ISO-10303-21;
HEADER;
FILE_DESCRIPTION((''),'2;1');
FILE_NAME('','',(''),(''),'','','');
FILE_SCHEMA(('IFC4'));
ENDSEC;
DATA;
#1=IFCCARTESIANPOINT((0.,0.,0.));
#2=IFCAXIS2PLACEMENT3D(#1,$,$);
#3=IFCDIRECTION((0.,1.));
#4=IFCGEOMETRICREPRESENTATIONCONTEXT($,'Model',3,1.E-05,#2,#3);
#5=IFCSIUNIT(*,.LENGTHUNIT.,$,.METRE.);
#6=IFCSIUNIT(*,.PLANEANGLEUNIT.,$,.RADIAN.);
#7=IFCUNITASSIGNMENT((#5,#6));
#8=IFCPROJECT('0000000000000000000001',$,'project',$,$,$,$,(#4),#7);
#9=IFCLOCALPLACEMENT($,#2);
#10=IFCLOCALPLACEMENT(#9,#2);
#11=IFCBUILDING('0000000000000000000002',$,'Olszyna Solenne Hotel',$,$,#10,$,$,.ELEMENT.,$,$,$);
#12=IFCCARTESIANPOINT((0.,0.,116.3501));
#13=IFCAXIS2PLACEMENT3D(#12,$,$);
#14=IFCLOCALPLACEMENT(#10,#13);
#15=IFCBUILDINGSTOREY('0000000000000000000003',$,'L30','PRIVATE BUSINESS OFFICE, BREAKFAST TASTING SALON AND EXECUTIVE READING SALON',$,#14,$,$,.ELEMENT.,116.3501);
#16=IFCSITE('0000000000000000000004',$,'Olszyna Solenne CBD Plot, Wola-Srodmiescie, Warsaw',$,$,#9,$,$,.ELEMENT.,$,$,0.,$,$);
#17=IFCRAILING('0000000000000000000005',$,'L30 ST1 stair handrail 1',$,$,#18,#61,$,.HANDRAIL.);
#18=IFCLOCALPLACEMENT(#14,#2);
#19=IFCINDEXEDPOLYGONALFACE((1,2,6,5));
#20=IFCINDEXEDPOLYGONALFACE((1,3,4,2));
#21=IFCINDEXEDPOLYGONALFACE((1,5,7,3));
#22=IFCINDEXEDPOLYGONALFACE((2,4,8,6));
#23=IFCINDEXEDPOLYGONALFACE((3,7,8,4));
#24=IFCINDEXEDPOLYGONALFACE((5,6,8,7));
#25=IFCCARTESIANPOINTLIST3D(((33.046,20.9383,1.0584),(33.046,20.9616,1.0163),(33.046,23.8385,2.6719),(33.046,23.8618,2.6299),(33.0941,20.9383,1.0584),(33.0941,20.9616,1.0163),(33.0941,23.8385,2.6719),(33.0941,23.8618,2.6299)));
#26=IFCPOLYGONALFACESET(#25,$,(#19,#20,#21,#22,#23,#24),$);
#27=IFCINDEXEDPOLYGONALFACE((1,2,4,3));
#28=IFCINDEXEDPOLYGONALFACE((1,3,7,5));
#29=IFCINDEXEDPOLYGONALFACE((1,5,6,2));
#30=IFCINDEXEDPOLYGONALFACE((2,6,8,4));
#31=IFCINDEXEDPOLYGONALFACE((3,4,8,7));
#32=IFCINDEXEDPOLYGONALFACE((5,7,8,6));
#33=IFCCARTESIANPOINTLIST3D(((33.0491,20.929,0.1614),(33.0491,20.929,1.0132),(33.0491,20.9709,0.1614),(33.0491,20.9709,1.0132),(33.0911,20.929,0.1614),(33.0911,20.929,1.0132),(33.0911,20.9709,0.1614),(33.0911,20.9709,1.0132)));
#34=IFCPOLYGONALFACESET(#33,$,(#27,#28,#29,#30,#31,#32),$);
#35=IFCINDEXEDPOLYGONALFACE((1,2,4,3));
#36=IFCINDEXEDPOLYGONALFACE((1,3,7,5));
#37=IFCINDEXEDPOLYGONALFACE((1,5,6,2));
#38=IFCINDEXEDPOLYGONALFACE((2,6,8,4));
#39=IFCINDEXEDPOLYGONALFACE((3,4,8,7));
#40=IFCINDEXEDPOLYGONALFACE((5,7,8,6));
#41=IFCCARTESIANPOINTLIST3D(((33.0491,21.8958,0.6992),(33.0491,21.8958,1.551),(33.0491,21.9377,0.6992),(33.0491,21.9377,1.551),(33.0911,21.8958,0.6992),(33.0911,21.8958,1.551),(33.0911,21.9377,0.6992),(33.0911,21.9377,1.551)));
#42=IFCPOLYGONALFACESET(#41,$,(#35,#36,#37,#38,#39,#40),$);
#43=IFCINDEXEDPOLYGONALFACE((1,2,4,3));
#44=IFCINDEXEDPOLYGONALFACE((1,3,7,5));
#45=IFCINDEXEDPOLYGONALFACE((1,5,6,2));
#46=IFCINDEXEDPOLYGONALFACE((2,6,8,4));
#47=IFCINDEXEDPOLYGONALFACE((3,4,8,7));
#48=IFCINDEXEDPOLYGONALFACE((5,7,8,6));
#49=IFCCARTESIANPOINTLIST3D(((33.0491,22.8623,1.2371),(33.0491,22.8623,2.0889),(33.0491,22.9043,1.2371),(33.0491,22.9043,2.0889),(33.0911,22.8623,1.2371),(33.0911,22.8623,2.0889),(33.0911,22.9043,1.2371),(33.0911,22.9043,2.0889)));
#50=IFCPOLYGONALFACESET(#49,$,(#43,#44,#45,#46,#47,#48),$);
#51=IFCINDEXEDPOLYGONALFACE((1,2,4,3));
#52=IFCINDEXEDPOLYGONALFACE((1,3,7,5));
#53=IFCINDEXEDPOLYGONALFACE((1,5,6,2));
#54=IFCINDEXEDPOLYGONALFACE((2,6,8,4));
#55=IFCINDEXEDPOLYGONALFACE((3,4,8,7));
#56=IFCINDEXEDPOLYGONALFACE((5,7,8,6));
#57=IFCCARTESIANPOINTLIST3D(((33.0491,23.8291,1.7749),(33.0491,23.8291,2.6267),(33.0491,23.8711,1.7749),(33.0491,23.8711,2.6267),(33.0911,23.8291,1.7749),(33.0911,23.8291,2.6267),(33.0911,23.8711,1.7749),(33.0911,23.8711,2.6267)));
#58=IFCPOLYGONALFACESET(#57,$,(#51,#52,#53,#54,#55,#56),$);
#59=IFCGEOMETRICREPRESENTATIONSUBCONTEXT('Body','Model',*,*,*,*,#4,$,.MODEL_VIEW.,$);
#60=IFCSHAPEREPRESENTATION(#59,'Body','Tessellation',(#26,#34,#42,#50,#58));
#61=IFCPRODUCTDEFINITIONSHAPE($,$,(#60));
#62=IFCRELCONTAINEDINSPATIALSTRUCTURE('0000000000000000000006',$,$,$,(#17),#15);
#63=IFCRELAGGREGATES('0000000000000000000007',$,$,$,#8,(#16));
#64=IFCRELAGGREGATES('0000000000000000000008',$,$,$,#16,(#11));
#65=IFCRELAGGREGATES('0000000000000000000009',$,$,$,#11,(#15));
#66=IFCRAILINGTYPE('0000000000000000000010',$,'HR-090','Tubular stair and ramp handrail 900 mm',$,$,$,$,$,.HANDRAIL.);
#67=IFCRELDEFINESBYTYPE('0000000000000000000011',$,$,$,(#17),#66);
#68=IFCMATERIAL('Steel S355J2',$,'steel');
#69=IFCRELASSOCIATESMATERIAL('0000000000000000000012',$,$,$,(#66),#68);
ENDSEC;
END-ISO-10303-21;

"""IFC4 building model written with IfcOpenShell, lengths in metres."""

from ifc_helpers import new_model, si_unit, direction, frame, origin, origin_2d, place, context, subcontext, project, spatial, rectangle, extrude, material, type_object, element, save


model = new_model("IFC4")

# Units and contexts
model_context = context("Model", 3, precision=1e-05, world=origin(), true_north=direction((0.0, 1.0)))
body_context = subcontext(model_context, "Body", "Model", "MODEL_VIEW")
ifc_project = project(units=[si_unit("LENGTHUNIT", "METRE"), si_unit("PLANEANGLEUNIT", "RADIAN")], contexts=[model_context])

# Site, building, storey
site_placement = place(None, origin())
site = spatial("IfcSite", under=ifc_project, at=site_placement, Name="Olszyna Solenne CBD Plot, Wola-Srodmiescie, Warsaw", CompositionType="ELEMENT", RefElevation=0.0)
building_placement = place(site_placement, origin())
building = spatial("IfcBuilding", under=site, at=building_placement, Name="Olszyna Solenne Hotel", CompositionType="ELEMENT")
storey_placement = place(building_placement, frame((0.0, 0.0, 116.3501)))
storey = spatial("IfcBuildingStorey", under=building, at=storey_placement, Name="L30", Description="PRIVATE BUSINESS OFFICE, BREAKFAST TASTING SALON AND EXECUTIVE READING SALON", CompositionType="ELEMENT", Elevation=116.3501)

# Shared definitions
ifc_material_1 = material(Name="Steel S355J2", Category="steel")

# Railing
railing_type_1 = type_object("IfcRailingType", Name="HR-090", Description="Tubular stair and ramp handrail 900 mm", PredefinedType="HANDRAIL", material=ifc_material_1)
railing_1_placement = place(storey_placement, frame((33.0701, 20.95, 0.1614)))
element("IfcRailing", 1, at=railing_1_placement, inside=storey, type_object=railing_type_1, Name="L30 ST1 stair handrail 1", PredefinedType="HANDRAIL", context=body_context, shape_type="SweptSolid", body=[
    extrude(rectangle(XDim=0.0481, YDim=0.0481, at=origin_2d()), frame((0.0, 0.0, 0.876), z_axis=(0.0, 0.873859, 0.48618), x_axis=(-1.0, 0.0, 0.0)), (0.0, 0.0, 1.0), 3.3188),
    extrude(rectangle(XDim=0.042, YDim=0.042, at=origin_2d()), origin(), (0.0, 0.0, 1.0), 0.8518),
    extrude(rectangle(XDim=0.042, YDim=0.042, at=origin_2d()), frame((0.0, 0.9668, 0.5378)), (0.0, 0.0, 1.0), 0.8518),
    extrude(rectangle(XDim=0.042, YDim=0.042, at=origin_2d()), frame((0.0, 1.9333, 1.0757)), (0.0, 0.0, 1.0), 0.8518),
    extrude(rectangle(XDim=0.042, YDim=0.042, at=origin_2d()), frame((0.0, 2.9001, 1.6135)), (0.0, 0.0, 1.0), 0.8518),
])

save(model, "model.ifc")
